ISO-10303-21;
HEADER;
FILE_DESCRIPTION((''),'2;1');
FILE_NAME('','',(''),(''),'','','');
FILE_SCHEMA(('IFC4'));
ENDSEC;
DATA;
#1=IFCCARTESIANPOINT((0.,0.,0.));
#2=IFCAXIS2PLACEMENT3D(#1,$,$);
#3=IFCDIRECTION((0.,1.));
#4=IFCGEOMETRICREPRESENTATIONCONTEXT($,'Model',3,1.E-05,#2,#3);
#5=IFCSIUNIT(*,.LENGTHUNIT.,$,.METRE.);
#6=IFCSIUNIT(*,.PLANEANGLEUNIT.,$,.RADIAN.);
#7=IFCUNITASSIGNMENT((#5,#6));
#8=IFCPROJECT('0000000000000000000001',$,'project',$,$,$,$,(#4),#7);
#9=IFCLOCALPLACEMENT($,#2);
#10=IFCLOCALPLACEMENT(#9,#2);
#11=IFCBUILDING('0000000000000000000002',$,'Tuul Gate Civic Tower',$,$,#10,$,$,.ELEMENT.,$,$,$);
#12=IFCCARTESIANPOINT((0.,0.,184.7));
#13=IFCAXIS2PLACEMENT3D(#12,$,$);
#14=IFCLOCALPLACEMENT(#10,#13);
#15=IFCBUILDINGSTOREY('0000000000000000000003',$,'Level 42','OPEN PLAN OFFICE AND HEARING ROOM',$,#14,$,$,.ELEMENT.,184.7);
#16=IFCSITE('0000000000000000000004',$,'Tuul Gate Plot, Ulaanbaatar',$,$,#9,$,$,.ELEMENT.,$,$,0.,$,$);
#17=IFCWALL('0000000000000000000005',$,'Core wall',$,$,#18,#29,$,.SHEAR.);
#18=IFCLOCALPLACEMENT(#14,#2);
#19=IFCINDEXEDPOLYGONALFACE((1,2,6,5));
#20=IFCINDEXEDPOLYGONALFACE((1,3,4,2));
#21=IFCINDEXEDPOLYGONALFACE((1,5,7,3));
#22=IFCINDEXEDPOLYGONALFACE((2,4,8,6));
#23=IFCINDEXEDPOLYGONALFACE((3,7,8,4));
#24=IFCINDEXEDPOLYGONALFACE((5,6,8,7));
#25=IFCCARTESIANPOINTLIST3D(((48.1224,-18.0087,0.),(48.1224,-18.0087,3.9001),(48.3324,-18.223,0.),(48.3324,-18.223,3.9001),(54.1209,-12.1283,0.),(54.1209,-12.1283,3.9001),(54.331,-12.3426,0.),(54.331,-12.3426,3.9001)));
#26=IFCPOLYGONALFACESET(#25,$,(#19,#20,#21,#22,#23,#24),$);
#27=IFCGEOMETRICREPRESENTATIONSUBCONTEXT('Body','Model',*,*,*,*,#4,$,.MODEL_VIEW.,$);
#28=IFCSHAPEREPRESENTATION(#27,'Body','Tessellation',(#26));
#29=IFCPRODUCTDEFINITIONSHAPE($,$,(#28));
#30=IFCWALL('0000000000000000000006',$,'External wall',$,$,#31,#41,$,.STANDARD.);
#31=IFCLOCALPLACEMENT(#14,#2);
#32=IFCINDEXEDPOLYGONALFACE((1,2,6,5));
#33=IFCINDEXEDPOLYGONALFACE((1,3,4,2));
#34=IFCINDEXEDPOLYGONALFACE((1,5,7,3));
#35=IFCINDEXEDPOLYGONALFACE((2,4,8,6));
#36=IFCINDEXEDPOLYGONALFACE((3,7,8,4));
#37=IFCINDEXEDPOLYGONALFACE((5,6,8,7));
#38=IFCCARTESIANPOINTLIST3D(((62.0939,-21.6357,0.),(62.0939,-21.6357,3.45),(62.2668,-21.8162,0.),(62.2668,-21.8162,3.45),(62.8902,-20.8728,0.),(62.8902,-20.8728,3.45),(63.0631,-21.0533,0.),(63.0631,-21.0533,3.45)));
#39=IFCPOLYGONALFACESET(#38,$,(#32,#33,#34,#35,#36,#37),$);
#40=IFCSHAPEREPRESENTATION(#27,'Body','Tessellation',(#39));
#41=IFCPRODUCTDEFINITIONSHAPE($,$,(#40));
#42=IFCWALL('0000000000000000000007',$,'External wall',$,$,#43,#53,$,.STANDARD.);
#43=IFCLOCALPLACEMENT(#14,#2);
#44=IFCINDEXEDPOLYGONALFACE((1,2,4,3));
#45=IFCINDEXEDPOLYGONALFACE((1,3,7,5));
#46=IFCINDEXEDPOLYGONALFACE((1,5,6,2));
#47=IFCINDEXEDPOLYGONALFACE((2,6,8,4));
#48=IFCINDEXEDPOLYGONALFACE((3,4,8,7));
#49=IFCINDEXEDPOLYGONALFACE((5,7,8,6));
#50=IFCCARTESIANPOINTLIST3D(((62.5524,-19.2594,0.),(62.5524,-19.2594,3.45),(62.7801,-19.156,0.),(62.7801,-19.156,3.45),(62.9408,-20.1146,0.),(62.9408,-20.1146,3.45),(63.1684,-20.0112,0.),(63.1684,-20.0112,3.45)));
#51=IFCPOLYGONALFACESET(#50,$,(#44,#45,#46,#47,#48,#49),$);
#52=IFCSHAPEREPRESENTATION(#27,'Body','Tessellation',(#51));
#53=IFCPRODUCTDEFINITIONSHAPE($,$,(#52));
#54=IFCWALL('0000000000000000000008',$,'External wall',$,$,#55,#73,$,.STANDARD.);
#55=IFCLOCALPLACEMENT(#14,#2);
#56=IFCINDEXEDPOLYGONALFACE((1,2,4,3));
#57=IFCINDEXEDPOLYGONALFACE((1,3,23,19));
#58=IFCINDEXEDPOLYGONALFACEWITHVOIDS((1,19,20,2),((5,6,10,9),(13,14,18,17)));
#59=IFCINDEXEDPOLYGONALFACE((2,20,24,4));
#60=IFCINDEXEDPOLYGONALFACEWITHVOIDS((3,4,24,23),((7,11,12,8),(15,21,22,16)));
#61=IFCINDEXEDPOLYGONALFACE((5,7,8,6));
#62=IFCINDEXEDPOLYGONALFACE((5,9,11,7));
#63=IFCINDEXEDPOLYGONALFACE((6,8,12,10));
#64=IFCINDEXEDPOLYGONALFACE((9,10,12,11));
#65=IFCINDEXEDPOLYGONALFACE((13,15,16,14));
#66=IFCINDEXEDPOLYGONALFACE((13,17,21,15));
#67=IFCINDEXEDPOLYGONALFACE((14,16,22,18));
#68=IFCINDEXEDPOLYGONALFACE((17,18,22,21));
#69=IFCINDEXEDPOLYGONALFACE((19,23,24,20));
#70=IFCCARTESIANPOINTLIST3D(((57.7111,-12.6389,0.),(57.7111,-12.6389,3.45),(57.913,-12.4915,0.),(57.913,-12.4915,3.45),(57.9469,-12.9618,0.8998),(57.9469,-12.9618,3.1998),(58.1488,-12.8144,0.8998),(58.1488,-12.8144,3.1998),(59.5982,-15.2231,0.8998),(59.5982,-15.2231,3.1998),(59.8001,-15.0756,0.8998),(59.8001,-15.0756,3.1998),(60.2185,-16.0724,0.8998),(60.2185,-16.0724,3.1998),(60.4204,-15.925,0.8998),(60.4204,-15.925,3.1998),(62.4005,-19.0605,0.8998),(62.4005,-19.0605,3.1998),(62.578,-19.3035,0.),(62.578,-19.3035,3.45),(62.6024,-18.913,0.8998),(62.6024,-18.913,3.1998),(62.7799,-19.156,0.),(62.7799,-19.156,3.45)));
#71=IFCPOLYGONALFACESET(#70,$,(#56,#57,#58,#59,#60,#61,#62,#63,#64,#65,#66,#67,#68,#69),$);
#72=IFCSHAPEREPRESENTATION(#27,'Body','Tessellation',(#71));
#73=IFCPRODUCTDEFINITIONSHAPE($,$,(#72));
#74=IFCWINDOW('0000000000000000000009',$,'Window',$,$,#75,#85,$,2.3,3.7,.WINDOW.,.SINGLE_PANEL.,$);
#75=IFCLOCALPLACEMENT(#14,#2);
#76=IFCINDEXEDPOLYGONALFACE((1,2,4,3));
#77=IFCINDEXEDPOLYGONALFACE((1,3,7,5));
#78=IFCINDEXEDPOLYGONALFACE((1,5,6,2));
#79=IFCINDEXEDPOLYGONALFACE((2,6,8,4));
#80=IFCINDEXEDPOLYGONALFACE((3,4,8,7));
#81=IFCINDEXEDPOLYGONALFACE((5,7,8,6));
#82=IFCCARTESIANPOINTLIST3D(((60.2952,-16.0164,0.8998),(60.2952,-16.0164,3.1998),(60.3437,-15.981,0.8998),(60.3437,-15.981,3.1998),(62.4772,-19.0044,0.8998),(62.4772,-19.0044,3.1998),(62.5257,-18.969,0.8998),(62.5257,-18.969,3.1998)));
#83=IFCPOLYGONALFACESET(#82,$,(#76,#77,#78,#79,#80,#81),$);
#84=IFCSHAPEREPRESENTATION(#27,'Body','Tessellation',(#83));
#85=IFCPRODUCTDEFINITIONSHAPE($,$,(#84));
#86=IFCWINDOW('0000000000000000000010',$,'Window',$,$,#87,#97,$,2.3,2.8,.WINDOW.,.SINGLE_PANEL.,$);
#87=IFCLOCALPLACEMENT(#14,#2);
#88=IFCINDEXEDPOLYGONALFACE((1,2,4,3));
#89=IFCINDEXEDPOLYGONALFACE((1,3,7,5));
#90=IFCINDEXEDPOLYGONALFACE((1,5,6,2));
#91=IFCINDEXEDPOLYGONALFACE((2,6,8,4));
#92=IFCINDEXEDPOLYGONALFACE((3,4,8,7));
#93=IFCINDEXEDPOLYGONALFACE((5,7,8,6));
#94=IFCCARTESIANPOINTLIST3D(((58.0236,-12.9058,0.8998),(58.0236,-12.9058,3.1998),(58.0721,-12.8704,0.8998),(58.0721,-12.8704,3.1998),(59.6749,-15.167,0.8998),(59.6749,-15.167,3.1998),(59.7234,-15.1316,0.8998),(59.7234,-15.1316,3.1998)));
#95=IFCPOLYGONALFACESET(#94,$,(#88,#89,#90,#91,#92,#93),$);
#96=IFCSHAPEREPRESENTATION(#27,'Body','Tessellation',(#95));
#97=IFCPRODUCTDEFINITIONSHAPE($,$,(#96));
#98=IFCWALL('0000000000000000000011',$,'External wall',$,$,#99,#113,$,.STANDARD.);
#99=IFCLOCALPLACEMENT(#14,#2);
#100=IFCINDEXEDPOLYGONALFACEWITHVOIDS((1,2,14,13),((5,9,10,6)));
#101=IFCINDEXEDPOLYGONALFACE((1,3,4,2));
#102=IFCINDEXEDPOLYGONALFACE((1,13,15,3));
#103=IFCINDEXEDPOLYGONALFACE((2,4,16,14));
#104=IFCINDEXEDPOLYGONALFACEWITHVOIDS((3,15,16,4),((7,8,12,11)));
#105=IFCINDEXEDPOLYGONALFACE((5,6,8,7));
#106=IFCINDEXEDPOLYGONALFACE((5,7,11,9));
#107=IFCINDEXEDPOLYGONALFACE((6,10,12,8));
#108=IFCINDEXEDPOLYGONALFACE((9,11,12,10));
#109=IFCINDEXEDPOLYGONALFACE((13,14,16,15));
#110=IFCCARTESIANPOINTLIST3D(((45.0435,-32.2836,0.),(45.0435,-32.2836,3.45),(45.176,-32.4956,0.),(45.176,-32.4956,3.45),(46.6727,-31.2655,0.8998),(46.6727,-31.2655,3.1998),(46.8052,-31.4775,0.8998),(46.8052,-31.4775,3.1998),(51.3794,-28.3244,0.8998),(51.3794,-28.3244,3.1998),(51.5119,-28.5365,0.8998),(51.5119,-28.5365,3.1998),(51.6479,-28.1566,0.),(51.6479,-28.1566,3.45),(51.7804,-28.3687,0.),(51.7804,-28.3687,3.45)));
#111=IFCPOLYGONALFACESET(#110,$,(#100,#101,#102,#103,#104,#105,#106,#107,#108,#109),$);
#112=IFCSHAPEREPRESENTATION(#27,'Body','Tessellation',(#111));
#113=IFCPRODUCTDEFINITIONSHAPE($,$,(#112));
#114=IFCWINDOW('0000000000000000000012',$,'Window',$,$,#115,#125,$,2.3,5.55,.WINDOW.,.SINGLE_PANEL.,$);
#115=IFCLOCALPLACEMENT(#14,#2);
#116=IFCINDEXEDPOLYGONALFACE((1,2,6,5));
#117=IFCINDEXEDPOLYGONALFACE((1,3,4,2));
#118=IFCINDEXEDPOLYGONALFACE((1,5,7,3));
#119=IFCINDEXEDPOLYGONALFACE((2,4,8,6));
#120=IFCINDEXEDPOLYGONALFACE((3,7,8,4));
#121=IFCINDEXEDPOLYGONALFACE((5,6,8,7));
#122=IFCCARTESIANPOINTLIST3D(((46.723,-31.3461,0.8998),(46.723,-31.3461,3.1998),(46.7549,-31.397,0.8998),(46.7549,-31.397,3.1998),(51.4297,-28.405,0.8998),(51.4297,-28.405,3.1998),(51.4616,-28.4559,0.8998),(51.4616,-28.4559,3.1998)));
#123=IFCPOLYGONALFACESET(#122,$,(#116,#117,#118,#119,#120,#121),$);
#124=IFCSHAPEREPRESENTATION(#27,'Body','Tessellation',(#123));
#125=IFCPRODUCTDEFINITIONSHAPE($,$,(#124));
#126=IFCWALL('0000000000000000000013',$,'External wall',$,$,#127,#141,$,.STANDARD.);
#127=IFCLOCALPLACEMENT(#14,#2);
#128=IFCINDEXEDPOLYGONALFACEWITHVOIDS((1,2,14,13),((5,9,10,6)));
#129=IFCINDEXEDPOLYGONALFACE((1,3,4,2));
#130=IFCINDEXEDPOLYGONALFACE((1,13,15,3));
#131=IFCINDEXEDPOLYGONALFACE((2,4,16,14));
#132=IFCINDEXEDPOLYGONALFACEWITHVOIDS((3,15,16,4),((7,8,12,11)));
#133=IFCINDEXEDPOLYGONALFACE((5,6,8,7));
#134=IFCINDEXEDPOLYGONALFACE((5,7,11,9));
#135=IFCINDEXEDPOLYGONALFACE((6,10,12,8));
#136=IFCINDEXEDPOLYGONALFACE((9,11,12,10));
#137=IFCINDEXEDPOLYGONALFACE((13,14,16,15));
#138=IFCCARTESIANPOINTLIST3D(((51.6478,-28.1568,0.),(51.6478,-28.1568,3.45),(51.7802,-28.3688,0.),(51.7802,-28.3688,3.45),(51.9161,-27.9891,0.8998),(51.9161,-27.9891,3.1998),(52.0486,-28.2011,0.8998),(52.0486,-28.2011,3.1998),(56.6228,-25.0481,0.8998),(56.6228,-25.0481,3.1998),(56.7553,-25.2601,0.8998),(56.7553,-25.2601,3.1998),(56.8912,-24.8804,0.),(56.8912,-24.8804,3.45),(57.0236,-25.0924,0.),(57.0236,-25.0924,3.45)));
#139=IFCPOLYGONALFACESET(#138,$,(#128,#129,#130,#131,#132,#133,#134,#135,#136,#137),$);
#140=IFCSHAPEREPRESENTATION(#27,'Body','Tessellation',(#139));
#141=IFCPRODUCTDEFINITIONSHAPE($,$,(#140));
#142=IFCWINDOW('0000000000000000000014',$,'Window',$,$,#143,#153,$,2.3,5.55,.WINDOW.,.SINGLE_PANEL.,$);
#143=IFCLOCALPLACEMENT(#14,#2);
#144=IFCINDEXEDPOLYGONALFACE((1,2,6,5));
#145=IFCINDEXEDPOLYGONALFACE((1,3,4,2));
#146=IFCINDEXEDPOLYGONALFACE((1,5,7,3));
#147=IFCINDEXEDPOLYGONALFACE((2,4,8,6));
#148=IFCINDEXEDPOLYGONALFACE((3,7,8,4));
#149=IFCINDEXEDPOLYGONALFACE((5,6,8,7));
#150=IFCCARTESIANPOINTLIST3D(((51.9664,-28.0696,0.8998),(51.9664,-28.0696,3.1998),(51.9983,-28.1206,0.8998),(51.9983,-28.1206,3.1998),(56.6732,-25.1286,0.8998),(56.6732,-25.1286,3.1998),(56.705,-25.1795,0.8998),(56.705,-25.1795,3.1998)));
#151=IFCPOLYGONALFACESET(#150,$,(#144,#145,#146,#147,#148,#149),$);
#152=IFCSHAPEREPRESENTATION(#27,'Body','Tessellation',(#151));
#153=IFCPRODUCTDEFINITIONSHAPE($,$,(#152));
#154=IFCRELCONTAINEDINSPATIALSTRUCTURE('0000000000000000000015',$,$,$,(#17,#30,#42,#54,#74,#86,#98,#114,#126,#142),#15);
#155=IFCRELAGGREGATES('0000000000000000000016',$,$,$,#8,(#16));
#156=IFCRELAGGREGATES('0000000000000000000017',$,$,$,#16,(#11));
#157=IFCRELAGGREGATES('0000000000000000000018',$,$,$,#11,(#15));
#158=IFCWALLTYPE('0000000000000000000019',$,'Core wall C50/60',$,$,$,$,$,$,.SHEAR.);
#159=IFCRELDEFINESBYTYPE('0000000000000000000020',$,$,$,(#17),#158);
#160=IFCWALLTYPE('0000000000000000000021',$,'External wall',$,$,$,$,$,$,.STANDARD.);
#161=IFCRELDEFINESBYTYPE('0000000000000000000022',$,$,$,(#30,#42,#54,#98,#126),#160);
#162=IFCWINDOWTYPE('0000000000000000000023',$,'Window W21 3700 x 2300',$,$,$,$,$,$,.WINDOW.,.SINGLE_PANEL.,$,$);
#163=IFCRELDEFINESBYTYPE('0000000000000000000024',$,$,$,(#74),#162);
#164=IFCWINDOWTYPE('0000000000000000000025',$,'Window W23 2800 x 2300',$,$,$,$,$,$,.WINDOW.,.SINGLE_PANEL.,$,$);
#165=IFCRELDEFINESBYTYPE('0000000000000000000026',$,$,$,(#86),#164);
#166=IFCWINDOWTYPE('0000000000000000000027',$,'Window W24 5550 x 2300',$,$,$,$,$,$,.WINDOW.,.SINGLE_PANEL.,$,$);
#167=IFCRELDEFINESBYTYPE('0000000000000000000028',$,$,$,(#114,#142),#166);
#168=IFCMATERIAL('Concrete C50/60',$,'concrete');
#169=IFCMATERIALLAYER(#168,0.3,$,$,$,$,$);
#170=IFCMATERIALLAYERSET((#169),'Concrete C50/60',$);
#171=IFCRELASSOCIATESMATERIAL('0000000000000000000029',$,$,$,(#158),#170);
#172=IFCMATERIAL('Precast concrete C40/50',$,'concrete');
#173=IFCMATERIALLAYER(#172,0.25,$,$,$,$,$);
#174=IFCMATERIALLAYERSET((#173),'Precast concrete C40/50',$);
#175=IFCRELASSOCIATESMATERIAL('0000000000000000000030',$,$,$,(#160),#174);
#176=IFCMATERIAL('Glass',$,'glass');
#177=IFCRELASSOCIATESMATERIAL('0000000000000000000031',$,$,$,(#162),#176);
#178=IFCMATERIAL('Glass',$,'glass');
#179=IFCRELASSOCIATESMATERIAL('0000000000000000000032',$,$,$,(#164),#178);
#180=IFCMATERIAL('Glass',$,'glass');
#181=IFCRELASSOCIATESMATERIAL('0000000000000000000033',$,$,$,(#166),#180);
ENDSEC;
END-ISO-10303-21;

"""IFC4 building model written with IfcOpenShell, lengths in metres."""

from ifc_helpers import new_model, si_unit, direction, frame, frame_2d, origin, place, context, subcontext, project, spatial, rectangle, extrude, material, layer, layer_set, type_object, element, fill, save


model = new_model("IFC4")

# Units and contexts
model_context = context("Model", 3, precision=1e-05, world=origin(), true_north=direction((0.0, 1.0)))
body_context = subcontext(model_context, "Body", "Model", "MODEL_VIEW")
ifc_project = project(units=[si_unit("LENGTHUNIT", "METRE"), si_unit("PLANEANGLEUNIT", "RADIAN")], contexts=[model_context])

# Site, building, storey
site_placement = place(None, origin())
site = spatial("IfcSite", under=ifc_project, at=site_placement, Name="Tuul Gate Plot, Ulaanbaatar", CompositionType="ELEMENT", RefElevation=0.0)
building_placement = place(site_placement, origin())
building = spatial("IfcBuilding", under=site, at=building_placement, Name="Tuul Gate Civic Tower", CompositionType="ELEMENT")
storey_placement = place(building_placement, frame((0.0, 0.0, 184.7)))
storey = spatial("IfcBuildingStorey", under=building, at=storey_placement, Name="Level 42", Description="OPEN PLAN OFFICE AND HEARING ROOM", CompositionType="ELEMENT", Elevation=184.7)

# Shared definitions
ifc_material_1 = material(Name="Concrete C50/60", Category="concrete")
ifc_layer_1 = layer(ifc_material_1, 0.3)
ifc_layer_set_1 = layer_set([ifc_layer_1], Name="Concrete C50/60")
wall_type_1 = type_object("IfcWallType", Name="Core wall C50/60", PredefinedType="SHEAR", material=ifc_layer_set_1)

# Walls
wall_1_placement = place(storey_placement, frame((48.2273, -18.116, 0.0), z_axis=(0.0, 0.0, 1.0), x_axis=(0.714105, 0.700038, 0.0)))
element("IfcWall", 1, at=wall_1_placement, inside=storey, type_object=wall_type_1, Name="Core wall", PredefinedType="SHEAR", context=body_context, shape_type="SweptSolid", body=[
    extrude(rectangle(XDim=8.4001, YDim=0.3, at=frame_2d((4.2002, 0.0))), origin(), (0.0, 0.0, 1.0), 3.9001),
])
ifc_material_2 = material(Name="Precast concrete C40/50", Category="concrete")
ifc_layer_2 = layer(ifc_material_2, 0.25)
ifc_layer_set_2 = layer_set([ifc_layer_2], Name="Precast concrete C40/50")
wall_type_2 = type_object("IfcWallType", Name="External wall", PredefinedType="STANDARD", material=ifc_layer_set_2)
wall_2_placement = place(storey_placement, frame((62.1804, -21.7258, 0.0), z_axis=(0.0, 0.0, 1.0), x_axis=(0.722108, 0.69178, 0.0)))
element("IfcWall", 2, at=wall_2_placement, inside=storey, type_object=wall_type_2, Name="External wall", PredefinedType="STANDARD", context=body_context, shape_type="SweptSolid", body=[
    extrude(rectangle(XDim=1.1028, YDim=0.25, at=frame_2d((0.5513, 0.0))), origin(), (0.0, 0.0, 1.0), 3.45),
])
wall_3_placement = place(storey_placement, frame((63.0547, -20.063, 0.0), z_axis=(0.0, 0.0, 1.0), x_axis=(-0.413529, 0.910491, 0.0)))
element("IfcWall", 3, at=wall_3_placement, inside=storey, type_object=wall_type_2, Name="External wall", PredefinedType="STANDARD", context=body_context, shape_type="SweptSolid", body=[
    extrude(rectangle(XDim=0.9392, YDim=0.25, at=frame_2d((0.4697, 0.0))), origin(), (0.0, 0.0, 1.0), 3.45),
])

# Wall, openings, windows
wall_4_placement = place(storey_placement, frame((62.679, -19.2297, 0.0), z_axis=(0.0, 0.0, 1.0), x_axis=(-0.589755, 0.807582, 0.0)))
wall_4 = element("IfcWall", 4, at=wall_4_placement, inside=storey, type_object=wall_type_2, Name="External wall", PredefinedType="STANDARD", context=body_context, shape_type="SweptSolid", body=[
    extrude(rectangle(XDim=8.2524, YDim=0.25, at=frame_2d((4.1262, 0.0))), origin(), (0.0, 0.0, 1.0), 3.45),
])
opening_1_placement = place(wall_4_placement, frame((0.3008, 0.0, 0.8999)))
opening_1 = element("IfcOpeningElement", 5, at=opening_1_placement, cuts=wall_4, PredefinedType="OPENING", context=body_context, shape_type="SweptSolid", body=[
    extrude(rectangle(XDim=3.7, YDim=2.3, at=frame_2d((1.8501, 1.1499))), frame((0.0, 0.135, 0.0), z_axis=(0.0, -1.0, 0.0), x_axis=(1.0, 0.0, 0.0)), (0.0, 0.0, 1.0), 0.27),
])
opening_2_placement = place(wall_4_placement, frame((5.0527, 0.0, 0.8999)))
opening_2 = element("IfcOpeningElement", 6, at=opening_2_placement, cuts=wall_4, PredefinedType="OPENING", context=body_context, shape_type="SweptSolid", body=[
    extrude(rectangle(XDim=2.8, YDim=2.3, at=frame_2d((1.3999, 1.1499))), frame((0.0, 0.135, 0.0), z_axis=(0.0, -1.0, 0.0), x_axis=(1.0, 0.0, 0.0)), (0.0, 0.0, 1.0), 0.27),
])
ifc_material_3 = material(Name="Glass", Category="glass")
window_type_1 = type_object("IfcWindowType", Name="Window W21 3700 x 2300", PartitioningType="SINGLE_PANEL", PredefinedType="WINDOW", material=ifc_material_3)
window_1_placement = place(opening_1_placement, origin())
window_1 = element("IfcWindow", 7, at=window_1_placement, inside=storey, type_object=window_type_1, Name="Window", OverallHeight=2.3, OverallWidth=3.7, PartitioningType="SINGLE_PANEL", PredefinedType="WINDOW", context=body_context, shape_type="SweptSolid", body=[
    extrude(rectangle(XDim=3.7, YDim=2.3, at=frame_2d((1.8501, 1.1499))), frame((0.0, 0.03, 0.0), z_axis=(0.0, -1.0, 0.0), x_axis=(1.0, 0.0, 0.0)), (0.0, 0.0, 1.0), 0.0601),
])
fill(opening_1, window_1)
ifc_material_4 = material(Name="Glass", Category="glass")
window_type_2 = type_object("IfcWindowType", Name="Window W23 2800 x 2300", PartitioningType="SINGLE_PANEL", PredefinedType="WINDOW", material=ifc_material_4)
window_2_placement = place(opening_2_placement, origin())
window_2 = element("IfcWindow", 8, at=window_2_placement, inside=storey, type_object=window_type_2, Name="Window", OverallHeight=2.3, OverallWidth=2.8, PartitioningType="SINGLE_PANEL", PredefinedType="WINDOW", context=body_context, shape_type="SweptSolid", body=[
    extrude(rectangle(XDim=2.8, YDim=2.3, at=frame_2d((1.3999, 1.1499))), frame((0.0, 0.03, 0.0), z_axis=(0.0, -1.0, 0.0), x_axis=(1.0, 0.0, 0.0)), (0.0, 0.0, 1.0), 0.0601),
])
fill(opening_2, window_2)

# Walls, openings, windows
wall_5_placement = place(storey_placement, frame((45.1096, -32.3896, 0.0), z_axis=(0.0, 0.0, 1.0), x_axis=(0.848048, 0.52992, 0.0)))
wall_5 = element("IfcWall", 9, at=wall_5_placement, inside=storey, type_object=wall_type_2, Name="External wall", PredefinedType="STANDARD", context=body_context, shape_type="SweptSolid", body=[
    extrude(rectangle(XDim=7.7878, YDim=0.25, at=frame_2d((3.894, 0.0))), origin(), (0.0, 0.0, 1.0), 3.45),
])
opening_3_placement = place(wall_5_placement, frame((1.9214, 0.0, 0.8999)))
opening_3 = element("IfcOpeningElement", 10, at=opening_3_placement, cuts=wall_5, PredefinedType="OPENING", context=body_context, shape_type="SweptSolid", body=[
    extrude(rectangle(XDim=5.55, YDim=2.3, at=frame_2d((2.7749, 1.1499))), frame((0.0, 0.135, 0.0), z_axis=(0.0, -1.0, 0.0), x_axis=(1.0, 0.0, 0.0)), (0.0, 0.0, 1.0), 0.27),
])
ifc_material_5 = material(Name="Glass", Category="glass")
window_type_3 = type_object("IfcWindowType", Name="Window W24 5550 x 2300", PartitioningType="SINGLE_PANEL", PredefinedType="WINDOW", material=ifc_material_5)
window_3_placement = place(opening_3_placement, origin())
window_3 = element("IfcWindow", 11, at=window_3_placement, inside=storey, type_object=window_type_3, Name="Window", OverallHeight=2.3, OverallWidth=5.55, PartitioningType="SINGLE_PANEL", PredefinedType="WINDOW", context=body_context, shape_type="SweptSolid", body=[
    extrude(rectangle(XDim=5.55, YDim=2.3, at=frame_2d((2.7749, 1.1499))), frame((0.0, 0.03, 0.0), z_axis=(0.0, -1.0, 0.0), x_axis=(1.0, 0.0, 0.0)), (0.0, 0.0, 1.0), 0.0601),
])
fill(opening_3, window_3)
wall_6_placement = place(storey_placement, frame((51.7141, -28.2627, 0.0), z_axis=(0.0, 0.0, 1.0), x_axis=(0.848054, 0.52991, 0.0)))
wall_6 = element("IfcWall", 12, at=wall_6_placement, inside=storey, type_object=wall_type_2, Name="External wall", PredefinedType="STANDARD", context=body_context, shape_type="SweptSolid", body=[
    extrude(rectangle(XDim=6.1829, YDim=0.25, at=frame_2d((3.0913, 0.0))), origin(), (0.0, 0.0, 1.0), 3.45),
])
opening_4_placement = place(wall_6_placement, frame((0.3164, 0.0, 0.8999)))
opening_4 = element("IfcOpeningElement", 13, at=opening_4_placement, cuts=wall_6, PredefinedType="OPENING", context=body_context, shape_type="SweptSolid", body=[
    extrude(rectangle(XDim=5.55, YDim=2.3, at=frame_2d((2.7749, 1.1499))), frame((0.0, 0.135, 0.0), z_axis=(0.0, -1.0, 0.0), x_axis=(1.0, 0.0, 0.0)), (0.0, 0.0, 1.0), 0.27),
])
window_4_placement = place(opening_4_placement, origin())
window_4 = element("IfcWindow", 14, at=window_4_placement, inside=storey, type_object=window_type_3, Name="Window", OverallHeight=2.3, OverallWidth=5.55, PartitioningType="SINGLE_PANEL", PredefinedType="WINDOW", context=body_context, shape_type="SweptSolid", body=[
    extrude(rectangle(XDim=5.55, YDim=2.3, at=frame_2d((2.7749, 1.1499))), frame((0.0, 0.03, 0.0), z_axis=(0.0, -1.0, 0.0), x_axis=(1.0, 0.0, 0.0)), (0.0, 0.0, 1.0), 0.0601),
])
fill(opening_4, window_4)

save(model, "model.ifc")
